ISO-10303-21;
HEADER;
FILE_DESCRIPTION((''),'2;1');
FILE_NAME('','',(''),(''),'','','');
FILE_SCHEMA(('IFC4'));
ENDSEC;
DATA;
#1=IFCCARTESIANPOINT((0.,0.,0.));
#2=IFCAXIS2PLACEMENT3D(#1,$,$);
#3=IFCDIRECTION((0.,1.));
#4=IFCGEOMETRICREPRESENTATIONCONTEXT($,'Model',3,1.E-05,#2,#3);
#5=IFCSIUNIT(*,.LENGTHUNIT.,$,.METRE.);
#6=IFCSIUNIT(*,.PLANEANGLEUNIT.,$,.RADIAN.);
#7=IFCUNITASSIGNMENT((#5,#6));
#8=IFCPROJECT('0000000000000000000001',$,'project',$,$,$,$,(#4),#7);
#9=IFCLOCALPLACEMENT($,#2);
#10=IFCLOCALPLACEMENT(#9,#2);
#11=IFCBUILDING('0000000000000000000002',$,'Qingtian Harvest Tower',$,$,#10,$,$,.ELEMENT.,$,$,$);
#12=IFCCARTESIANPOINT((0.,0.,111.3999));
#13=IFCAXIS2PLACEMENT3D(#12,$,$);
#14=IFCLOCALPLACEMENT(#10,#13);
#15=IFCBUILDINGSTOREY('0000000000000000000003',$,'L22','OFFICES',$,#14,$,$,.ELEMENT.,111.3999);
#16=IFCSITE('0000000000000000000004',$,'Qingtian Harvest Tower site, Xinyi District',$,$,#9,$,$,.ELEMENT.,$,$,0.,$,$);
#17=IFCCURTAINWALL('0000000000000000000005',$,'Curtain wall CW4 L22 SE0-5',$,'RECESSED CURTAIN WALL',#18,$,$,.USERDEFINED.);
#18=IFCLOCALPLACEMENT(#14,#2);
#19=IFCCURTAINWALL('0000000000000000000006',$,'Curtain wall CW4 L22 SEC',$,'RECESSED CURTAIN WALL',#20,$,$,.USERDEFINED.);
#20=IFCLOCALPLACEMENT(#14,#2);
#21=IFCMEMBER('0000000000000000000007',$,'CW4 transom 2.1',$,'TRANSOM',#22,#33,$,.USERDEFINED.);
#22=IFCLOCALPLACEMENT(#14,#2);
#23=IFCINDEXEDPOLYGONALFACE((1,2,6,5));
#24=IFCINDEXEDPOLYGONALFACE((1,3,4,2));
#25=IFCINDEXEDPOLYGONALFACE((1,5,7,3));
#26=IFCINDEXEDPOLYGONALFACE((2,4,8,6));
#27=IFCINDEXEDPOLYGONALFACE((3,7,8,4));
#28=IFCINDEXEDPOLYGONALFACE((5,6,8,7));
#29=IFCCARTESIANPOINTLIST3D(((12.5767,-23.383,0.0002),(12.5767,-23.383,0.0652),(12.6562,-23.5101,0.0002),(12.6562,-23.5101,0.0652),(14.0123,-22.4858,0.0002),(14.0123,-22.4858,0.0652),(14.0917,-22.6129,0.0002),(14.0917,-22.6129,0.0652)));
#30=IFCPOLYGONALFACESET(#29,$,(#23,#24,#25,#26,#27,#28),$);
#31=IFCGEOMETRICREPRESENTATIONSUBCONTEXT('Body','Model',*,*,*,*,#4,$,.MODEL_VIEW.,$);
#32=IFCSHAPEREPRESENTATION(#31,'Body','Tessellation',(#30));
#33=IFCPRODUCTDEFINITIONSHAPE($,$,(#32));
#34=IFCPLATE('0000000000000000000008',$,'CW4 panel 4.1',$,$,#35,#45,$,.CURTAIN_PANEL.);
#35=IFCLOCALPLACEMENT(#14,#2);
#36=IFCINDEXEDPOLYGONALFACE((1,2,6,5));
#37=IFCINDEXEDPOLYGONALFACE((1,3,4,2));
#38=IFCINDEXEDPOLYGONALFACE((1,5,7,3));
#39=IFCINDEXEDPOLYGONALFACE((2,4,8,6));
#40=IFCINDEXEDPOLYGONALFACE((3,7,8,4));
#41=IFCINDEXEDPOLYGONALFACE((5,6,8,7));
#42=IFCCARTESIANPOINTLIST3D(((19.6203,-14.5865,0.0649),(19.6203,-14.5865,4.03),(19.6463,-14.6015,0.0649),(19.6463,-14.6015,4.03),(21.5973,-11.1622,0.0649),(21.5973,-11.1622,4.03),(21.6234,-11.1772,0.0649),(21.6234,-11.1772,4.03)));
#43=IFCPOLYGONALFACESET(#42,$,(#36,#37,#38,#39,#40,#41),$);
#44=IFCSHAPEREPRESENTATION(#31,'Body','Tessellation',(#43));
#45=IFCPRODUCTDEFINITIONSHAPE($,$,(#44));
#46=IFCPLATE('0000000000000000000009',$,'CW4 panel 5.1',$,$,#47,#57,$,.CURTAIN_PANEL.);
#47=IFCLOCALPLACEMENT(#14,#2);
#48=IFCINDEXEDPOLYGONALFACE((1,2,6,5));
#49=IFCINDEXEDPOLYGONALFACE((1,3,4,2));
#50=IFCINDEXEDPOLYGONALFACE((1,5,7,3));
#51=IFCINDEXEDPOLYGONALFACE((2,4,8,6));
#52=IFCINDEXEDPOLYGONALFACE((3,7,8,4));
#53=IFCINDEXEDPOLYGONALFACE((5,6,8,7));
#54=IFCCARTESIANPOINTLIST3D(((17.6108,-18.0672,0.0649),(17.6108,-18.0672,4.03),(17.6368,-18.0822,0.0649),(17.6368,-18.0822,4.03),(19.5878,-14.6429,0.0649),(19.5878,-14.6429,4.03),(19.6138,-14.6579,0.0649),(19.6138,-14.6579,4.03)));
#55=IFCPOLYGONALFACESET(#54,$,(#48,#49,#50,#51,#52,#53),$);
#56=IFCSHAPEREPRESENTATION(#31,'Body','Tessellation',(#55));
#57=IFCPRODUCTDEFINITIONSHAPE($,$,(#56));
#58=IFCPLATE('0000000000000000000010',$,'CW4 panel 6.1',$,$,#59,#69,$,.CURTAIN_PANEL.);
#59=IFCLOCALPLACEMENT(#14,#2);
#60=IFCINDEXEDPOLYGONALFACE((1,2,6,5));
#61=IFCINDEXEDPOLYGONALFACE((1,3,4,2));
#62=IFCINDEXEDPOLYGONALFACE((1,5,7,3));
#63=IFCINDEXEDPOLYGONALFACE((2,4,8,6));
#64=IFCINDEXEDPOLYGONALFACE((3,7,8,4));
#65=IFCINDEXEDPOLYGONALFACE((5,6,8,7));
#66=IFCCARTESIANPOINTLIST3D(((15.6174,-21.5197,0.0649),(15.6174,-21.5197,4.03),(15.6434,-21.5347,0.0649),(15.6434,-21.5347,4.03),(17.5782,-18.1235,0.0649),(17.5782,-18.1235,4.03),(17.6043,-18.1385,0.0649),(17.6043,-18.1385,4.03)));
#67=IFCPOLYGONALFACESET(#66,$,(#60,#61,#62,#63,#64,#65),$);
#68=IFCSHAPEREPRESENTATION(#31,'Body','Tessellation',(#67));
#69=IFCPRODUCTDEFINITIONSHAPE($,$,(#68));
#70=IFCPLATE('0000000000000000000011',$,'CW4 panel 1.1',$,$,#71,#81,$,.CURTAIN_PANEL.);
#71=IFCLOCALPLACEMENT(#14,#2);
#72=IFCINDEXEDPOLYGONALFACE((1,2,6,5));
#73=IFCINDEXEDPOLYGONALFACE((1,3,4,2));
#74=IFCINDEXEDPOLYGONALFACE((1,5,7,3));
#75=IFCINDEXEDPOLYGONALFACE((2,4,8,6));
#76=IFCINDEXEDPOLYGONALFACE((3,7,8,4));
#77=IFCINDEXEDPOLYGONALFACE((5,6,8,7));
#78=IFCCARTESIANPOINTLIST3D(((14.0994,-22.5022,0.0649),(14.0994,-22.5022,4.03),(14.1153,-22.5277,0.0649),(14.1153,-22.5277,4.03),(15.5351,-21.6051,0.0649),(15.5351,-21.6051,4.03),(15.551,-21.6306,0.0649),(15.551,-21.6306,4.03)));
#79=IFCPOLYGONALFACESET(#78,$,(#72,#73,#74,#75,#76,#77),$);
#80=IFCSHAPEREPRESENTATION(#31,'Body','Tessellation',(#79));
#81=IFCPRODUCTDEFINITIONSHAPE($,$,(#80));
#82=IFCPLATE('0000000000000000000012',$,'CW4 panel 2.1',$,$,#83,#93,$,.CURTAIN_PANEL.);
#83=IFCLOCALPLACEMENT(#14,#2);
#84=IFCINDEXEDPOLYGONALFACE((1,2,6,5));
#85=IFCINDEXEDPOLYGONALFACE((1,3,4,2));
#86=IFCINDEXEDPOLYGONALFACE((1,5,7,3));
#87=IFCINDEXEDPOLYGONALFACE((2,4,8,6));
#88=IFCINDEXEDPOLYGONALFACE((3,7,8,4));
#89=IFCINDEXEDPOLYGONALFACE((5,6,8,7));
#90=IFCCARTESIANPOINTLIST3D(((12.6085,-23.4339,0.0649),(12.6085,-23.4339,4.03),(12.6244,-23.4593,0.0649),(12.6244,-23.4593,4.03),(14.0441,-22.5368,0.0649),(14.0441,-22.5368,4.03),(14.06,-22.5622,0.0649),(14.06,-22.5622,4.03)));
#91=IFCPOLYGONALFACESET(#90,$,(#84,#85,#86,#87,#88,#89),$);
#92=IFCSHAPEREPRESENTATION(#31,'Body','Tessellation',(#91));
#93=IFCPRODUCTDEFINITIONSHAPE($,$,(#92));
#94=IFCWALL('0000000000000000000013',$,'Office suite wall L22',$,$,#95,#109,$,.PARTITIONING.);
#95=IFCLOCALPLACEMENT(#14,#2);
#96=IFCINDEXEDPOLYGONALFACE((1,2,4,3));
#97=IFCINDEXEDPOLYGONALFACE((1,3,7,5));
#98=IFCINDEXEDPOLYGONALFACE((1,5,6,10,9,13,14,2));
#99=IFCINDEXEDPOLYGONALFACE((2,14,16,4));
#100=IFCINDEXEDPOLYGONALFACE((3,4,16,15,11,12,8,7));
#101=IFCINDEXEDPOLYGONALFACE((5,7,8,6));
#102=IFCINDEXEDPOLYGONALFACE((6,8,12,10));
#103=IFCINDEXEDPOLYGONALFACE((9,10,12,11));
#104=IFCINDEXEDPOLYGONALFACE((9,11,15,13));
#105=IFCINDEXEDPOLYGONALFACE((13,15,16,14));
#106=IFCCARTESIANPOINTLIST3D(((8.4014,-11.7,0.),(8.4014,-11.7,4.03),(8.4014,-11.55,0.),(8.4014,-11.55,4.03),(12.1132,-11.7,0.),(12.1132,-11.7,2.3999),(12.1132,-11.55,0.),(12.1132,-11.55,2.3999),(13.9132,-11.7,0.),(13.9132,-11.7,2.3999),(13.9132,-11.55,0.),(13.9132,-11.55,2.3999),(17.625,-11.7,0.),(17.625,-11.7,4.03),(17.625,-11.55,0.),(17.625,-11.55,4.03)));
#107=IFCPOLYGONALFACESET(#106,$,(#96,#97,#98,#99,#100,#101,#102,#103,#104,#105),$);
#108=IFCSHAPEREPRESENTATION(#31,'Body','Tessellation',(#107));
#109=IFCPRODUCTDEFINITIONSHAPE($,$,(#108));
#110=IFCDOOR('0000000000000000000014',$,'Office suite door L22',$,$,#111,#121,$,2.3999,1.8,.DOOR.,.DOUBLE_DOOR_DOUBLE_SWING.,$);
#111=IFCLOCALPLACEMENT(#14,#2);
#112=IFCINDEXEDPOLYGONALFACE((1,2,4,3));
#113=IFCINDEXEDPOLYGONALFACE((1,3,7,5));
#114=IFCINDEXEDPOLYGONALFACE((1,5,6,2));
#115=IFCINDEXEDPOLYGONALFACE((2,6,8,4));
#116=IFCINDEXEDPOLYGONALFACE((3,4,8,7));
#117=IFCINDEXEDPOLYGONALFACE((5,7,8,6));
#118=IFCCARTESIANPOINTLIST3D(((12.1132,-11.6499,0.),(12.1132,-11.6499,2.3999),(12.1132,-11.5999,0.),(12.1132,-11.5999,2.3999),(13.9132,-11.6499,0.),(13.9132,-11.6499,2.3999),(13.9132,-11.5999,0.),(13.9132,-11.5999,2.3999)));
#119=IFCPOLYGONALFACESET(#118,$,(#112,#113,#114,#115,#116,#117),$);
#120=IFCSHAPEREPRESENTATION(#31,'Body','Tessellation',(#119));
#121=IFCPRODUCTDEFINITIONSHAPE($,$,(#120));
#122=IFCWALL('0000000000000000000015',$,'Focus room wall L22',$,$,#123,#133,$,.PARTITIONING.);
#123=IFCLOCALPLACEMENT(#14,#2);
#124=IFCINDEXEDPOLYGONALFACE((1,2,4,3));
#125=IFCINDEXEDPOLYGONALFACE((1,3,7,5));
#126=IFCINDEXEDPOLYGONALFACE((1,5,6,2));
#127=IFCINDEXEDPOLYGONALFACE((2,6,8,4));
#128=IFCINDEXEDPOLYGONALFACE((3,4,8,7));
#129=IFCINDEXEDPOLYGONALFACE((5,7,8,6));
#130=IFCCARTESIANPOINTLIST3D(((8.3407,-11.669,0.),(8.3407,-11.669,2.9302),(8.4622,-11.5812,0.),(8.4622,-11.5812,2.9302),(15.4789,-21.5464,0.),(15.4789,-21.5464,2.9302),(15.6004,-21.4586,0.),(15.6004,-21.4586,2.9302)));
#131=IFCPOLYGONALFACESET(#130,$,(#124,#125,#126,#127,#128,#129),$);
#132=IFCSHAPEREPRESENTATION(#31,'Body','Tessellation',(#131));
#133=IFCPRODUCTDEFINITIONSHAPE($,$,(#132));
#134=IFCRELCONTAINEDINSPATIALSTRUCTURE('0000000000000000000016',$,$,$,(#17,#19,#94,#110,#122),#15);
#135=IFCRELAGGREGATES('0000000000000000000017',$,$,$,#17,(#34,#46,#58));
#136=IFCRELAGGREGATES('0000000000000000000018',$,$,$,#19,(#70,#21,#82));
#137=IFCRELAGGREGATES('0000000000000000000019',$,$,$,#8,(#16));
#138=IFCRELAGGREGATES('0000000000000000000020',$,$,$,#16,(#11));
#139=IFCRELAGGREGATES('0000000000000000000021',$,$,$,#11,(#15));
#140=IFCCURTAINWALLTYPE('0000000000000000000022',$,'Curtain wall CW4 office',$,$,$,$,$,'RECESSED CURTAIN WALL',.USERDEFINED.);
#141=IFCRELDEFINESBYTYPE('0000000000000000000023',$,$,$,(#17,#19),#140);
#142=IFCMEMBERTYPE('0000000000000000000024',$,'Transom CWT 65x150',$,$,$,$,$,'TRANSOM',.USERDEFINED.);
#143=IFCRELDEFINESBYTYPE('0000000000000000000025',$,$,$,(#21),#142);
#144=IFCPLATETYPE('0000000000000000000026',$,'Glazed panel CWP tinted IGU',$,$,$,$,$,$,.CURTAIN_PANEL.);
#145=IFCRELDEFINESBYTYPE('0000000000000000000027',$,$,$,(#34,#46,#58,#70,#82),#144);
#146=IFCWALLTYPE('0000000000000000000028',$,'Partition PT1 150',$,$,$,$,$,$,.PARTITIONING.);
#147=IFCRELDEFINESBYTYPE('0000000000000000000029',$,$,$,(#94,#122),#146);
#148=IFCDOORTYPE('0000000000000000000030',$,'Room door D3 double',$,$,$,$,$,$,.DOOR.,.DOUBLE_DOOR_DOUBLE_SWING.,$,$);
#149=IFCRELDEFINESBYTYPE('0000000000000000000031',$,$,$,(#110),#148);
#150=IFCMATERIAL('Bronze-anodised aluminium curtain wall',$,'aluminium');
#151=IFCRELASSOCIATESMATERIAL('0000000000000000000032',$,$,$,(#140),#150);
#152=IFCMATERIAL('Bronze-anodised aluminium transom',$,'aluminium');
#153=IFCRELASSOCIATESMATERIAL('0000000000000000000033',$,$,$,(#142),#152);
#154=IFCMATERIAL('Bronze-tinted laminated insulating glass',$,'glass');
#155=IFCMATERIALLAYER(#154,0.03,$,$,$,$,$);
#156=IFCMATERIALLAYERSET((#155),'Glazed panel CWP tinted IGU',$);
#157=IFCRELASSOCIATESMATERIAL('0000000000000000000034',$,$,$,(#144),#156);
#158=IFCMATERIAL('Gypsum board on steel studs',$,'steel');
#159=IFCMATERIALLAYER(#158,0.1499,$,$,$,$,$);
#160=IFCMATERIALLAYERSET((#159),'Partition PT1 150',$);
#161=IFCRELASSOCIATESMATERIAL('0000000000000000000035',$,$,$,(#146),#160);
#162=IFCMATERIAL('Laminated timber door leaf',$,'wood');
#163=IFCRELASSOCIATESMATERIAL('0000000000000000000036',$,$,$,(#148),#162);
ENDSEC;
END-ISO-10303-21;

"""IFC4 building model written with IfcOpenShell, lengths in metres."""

from ifc_helpers import new_model, si_unit, direction, frame, frame_2d, origin, origin_2d, place, context, subcontext, project, spatial, rectangle, extrude, material, layer, layer_set, material_profile, profile_set, type_object, element, fill, aggregate, save


model = new_model("IFC4")

# Units and contexts
model_context = context("Model", 3, precision=1e-05, world=origin(), true_north=direction((0.0, 1.0)))
body_context = subcontext(model_context, "Body", "Model", "MODEL_VIEW")
ifc_project = project(units=[si_unit("LENGTHUNIT", "METRE"), si_unit("PLANEANGLEUNIT", "RADIAN")], contexts=[model_context])

# Site, building, storey
site_placement = place(None, origin())
site = spatial("IfcSite", under=ifc_project, at=site_placement, Name="Qingtian Harvest Tower site, Xinyi District", CompositionType="ELEMENT", RefElevation=0.0)
building_placement = place(site_placement, origin())
building = spatial("IfcBuilding", under=site, at=building_placement, Name="Qingtian Harvest Tower", CompositionType="ELEMENT")
storey_placement = place(building_placement, frame((0.0, 0.0, 111.3999)))
storey = spatial("IfcBuildingStorey", under=building, at=storey_placement, Name="L22", Description="OFFICES", CompositionType="ELEMENT", Elevation=111.3999)

# Curtain walls
ifc_material_1 = material(Name="Bronze-anodised aluminium curtain wall", Category="aluminium")
curtain_wall_type = type_object("IfcCurtainWallType", Name="Curtain wall CW4 office", ElementType="RECESSED CURTAIN WALL", PredefinedType="USERDEFINED", material=ifc_material_1)
curtain_wall_1_placement = place(storey_placement, origin())
curtain_wall_1 = element("IfcCurtainWall", 1, at=curtain_wall_1_placement, inside=storey, type_object=curtain_wall_type, Name="Curtain wall CW4 L22 SE0-5", ObjectType="RECESSED CURTAIN WALL", PredefinedType="USERDEFINED")
curtain_wall_2_placement = place(storey_placement, origin())
curtain_wall_2 = element("IfcCurtainWall", 2, at=curtain_wall_2_placement, inside=storey, type_object=curtain_wall_type, Name="Curtain wall CW4 L22 SEC", ObjectType="RECESSED CURTAIN WALL", PredefinedType="USERDEFINED")

# Member
ifc_material_2 = material(Name="Bronze-anodised aluminium transom", Category="aluminium")
ifc_material_profile_1 = material_profile(ifc_material_2, rectangle(XDim=0.1499, YDim=0.0649, at=origin_2d()), Name="AL 65x150")
ifc_profile_set_1 = profile_set([ifc_material_profile_1], Name="Bronze-anodised aluminium transom")
member_type_1 = type_object("IfcMemberType", Name="Transom CWT 65x150", ElementType="TRANSOM", PredefinedType="USERDEFINED", material=ifc_profile_set_1)
member_1_placement = place(storey_placement, frame((14.052, -22.5493, 0.0327), z_axis=(-0.847998, -0.529999, 0.0), x_axis=(0.529999, -0.847998, 0.0)))
member_1 = element("IfcMember", 3, at=member_1_placement, type_object=member_type_1, Name="CW4 transom 2.1", ObjectType="TRANSOM", PredefinedType="USERDEFINED", context=body_context, shape_type="SweptSolid", body=[
    extrude(rectangle(XDim=0.1499, YDim=0.0649, at=origin_2d()), origin(), (0.0, 0.0, 1.0), 1.6929),
])

# Plates
ifc_material_3 = material(Name="Bronze-tinted laminated insulating glass", Category="glass")
ifc_layer_1 = layer(ifc_material_3, 0.03)
ifc_layer_set_1 = layer_set([ifc_layer_1], Name="Glazed panel CWP tinted IGU")
plate_type = type_object("IfcPlateType", Name="Glazed panel CWP tinted IGU", PredefinedType="CURTAIN_PANEL", material=ifc_layer_set_1)
plate_1_placement = place(storey_placement, frame((20.6218, -12.8818, 0.0649), z_axis=(0.0, 0.0, 1.0), x_axis=(-0.5, -0.866025, 0.0)))
plate_1 = element("IfcPlate", 4, at=plate_1_placement, type_object=plate_type, Name="CW4 panel 4.1", PredefinedType="CURTAIN_PANEL", context=body_context, shape_type="SweptSolid", body=[
    extrude(rectangle(XDim=3.9541, YDim=0.03, at=origin_2d()), origin(), (0.0, 0.0, 1.0), 3.9651),
])
plate_2_placement = place(storey_placement, frame((18.6123, -16.3625, 0.0649), z_axis=(0.0, 0.0, 1.0), x_axis=(-0.5, -0.866025, 0.0)))
plate_2 = element("IfcPlate", 5, at=plate_2_placement, type_object=plate_type, Name="CW4 panel 5.1", PredefinedType="CURTAIN_PANEL", context=body_context, shape_type="SweptSolid", body=[
    extrude(rectangle(XDim=3.9541, YDim=0.03, at=origin_2d()), origin(), (0.0, 0.0, 1.0), 3.9651),
])
plate_3_placement = place(storey_placement, frame((16.6108, -19.8291, 0.0649), z_axis=(0.0, 0.0, 1.0), x_axis=(-0.5, -0.866025, 0.0)))
plate_3 = element("IfcPlate", 6, at=plate_3_placement, type_object=plate_type, Name="CW4 panel 6.1", PredefinedType="CURTAIN_PANEL", context=body_context, shape_type="SweptSolid", body=[
    extrude(rectangle(XDim=3.9216, YDim=0.03, at=origin_2d()), origin(), (0.0, 0.0, 1.0), 3.9651),
])
aggregate(curtain_wall_1, [plate_1, plate_2, plate_3])
plate_4_placement = place(storey_placement, frame((14.8252, -22.0664, 0.0649), z_axis=(0.0, 0.0, 1.0), x_axis=(-0.848048, -0.529919, 0.0)))
plate_4 = element("IfcPlate", 7, at=plate_4_placement, type_object=plate_type, Name="CW4 panel 1.1", PredefinedType="CURTAIN_PANEL", context=body_context, shape_type="SweptSolid", body=[
    extrude(rectangle(XDim=1.6929, YDim=0.03, at=origin_2d()), origin(), (0.0, 0.0, 1.0), 3.9651),
])
plate_5_placement = place(storey_placement, frame((13.3342, -22.998, 0.0649), z_axis=(0.0, 0.0, 1.0), x_axis=(-0.848048, -0.529919, 0.0)))
plate_5 = element("IfcPlate", 8, at=plate_5_placement, type_object=plate_type, Name="CW4 panel 2.1", PredefinedType="CURTAIN_PANEL", context=body_context, shape_type="SweptSolid", body=[
    extrude(rectangle(XDim=1.6929, YDim=0.03, at=origin_2d()), origin(), (0.0, 0.0, 1.0), 3.9651),
])
aggregate(curtain_wall_2, [plate_4, member_1, plate_5])

# Wall, opening, door
ifc_material_4 = material(Name="Gypsum board on steel studs", Category="steel")
ifc_layer_2 = layer(ifc_material_4, 0.1499)
ifc_layer_set_2 = layer_set([ifc_layer_2], Name="Partition PT1 150")
wall_type = type_object("IfcWallType", Name="Partition PT1 150", PredefinedType="PARTITIONING", material=ifc_layer_set_2)
wall_1_placement = place(storey_placement, frame((17.625, -11.625, 0.0), z_axis=(0.0, 0.0, 1.0), x_axis=(-1.0, 0.0, 0.0)))
wall_1 = element("IfcWall", 9, at=wall_1_placement, inside=storey, type_object=wall_type, Name="Office suite wall L22", PredefinedType="PARTITIONING", context=body_context, shape_type="SweptSolid", body=[
    extrude(rectangle(XDim=9.2236, YDim=0.1499, at=frame_2d((4.6118, 0.0))), origin(), (0.0, 0.0, 1.0), 4.03),
])
opening_placement = place(wall_1_placement, frame((3.7119, 0.0, 0.0)))
opening = element("IfcOpeningElement", 10, at=opening_placement, cuts=wall_1, PredefinedType="OPENING", context=body_context, shape_type="SweptSolid", body=[
    extrude(rectangle(XDim=1.8, YDim=2.3999, at=frame_2d((0.8999, 1.2))), frame((0.0, 0.085, 0.0), z_axis=(0.0, -1.0, 0.0), x_axis=(1.0, 0.0, 0.0)), (0.0, 0.0, 1.0), 0.1699),
])
ifc_material_5 = material(Name="Laminated timber door leaf", Category="wood")
door_type = type_object("IfcDoorType", Name="Room door D3 double", OperationType="DOUBLE_DOOR_DOUBLE_SWING", PredefinedType="DOOR", material=ifc_material_5)
door_placement = place(opening_placement, origin())
door = element("IfcDoor", 11, at=door_placement, inside=storey, type_object=door_type, Name="Office suite door L22", OperationType="DOUBLE_DOOR_DOUBLE_SWING", OverallHeight=2.3999, OverallWidth=1.8, PredefinedType="DOOR", context=body_context, shape_type="SweptSolid", body=[
    extrude(rectangle(XDim=1.8, YDim=2.3999, at=frame_2d((0.8999, 1.2))), frame((0.0, 0.0249, 0.0), z_axis=(0.0, -1.0, 0.0), x_axis=(1.0, 0.0, 0.0)), (0.0, 0.0, 1.0), 0.05),
])
fill(opening, door)

# Wall
wall_2_placement = place(storey_placement, frame((15.5396, -21.5024, 0.0), z_axis=(0.0, 0.0, 1.0), x_axis=(-0.585732, 0.810505, 0.0)))
element("IfcWall", 12, at=wall_2_placement, inside=storey, type_object=wall_type, Name="Focus room wall L22", PredefinedType="PARTITIONING", context=body_context, shape_type="SweptSolid", body=[
    extrude(rectangle(XDim=12.1868, YDim=0.1499, at=frame_2d((6.0933, 0.0))), origin(), (0.0, 0.0, 1.0), 2.9302),
])

save(model, "model.ifc")
